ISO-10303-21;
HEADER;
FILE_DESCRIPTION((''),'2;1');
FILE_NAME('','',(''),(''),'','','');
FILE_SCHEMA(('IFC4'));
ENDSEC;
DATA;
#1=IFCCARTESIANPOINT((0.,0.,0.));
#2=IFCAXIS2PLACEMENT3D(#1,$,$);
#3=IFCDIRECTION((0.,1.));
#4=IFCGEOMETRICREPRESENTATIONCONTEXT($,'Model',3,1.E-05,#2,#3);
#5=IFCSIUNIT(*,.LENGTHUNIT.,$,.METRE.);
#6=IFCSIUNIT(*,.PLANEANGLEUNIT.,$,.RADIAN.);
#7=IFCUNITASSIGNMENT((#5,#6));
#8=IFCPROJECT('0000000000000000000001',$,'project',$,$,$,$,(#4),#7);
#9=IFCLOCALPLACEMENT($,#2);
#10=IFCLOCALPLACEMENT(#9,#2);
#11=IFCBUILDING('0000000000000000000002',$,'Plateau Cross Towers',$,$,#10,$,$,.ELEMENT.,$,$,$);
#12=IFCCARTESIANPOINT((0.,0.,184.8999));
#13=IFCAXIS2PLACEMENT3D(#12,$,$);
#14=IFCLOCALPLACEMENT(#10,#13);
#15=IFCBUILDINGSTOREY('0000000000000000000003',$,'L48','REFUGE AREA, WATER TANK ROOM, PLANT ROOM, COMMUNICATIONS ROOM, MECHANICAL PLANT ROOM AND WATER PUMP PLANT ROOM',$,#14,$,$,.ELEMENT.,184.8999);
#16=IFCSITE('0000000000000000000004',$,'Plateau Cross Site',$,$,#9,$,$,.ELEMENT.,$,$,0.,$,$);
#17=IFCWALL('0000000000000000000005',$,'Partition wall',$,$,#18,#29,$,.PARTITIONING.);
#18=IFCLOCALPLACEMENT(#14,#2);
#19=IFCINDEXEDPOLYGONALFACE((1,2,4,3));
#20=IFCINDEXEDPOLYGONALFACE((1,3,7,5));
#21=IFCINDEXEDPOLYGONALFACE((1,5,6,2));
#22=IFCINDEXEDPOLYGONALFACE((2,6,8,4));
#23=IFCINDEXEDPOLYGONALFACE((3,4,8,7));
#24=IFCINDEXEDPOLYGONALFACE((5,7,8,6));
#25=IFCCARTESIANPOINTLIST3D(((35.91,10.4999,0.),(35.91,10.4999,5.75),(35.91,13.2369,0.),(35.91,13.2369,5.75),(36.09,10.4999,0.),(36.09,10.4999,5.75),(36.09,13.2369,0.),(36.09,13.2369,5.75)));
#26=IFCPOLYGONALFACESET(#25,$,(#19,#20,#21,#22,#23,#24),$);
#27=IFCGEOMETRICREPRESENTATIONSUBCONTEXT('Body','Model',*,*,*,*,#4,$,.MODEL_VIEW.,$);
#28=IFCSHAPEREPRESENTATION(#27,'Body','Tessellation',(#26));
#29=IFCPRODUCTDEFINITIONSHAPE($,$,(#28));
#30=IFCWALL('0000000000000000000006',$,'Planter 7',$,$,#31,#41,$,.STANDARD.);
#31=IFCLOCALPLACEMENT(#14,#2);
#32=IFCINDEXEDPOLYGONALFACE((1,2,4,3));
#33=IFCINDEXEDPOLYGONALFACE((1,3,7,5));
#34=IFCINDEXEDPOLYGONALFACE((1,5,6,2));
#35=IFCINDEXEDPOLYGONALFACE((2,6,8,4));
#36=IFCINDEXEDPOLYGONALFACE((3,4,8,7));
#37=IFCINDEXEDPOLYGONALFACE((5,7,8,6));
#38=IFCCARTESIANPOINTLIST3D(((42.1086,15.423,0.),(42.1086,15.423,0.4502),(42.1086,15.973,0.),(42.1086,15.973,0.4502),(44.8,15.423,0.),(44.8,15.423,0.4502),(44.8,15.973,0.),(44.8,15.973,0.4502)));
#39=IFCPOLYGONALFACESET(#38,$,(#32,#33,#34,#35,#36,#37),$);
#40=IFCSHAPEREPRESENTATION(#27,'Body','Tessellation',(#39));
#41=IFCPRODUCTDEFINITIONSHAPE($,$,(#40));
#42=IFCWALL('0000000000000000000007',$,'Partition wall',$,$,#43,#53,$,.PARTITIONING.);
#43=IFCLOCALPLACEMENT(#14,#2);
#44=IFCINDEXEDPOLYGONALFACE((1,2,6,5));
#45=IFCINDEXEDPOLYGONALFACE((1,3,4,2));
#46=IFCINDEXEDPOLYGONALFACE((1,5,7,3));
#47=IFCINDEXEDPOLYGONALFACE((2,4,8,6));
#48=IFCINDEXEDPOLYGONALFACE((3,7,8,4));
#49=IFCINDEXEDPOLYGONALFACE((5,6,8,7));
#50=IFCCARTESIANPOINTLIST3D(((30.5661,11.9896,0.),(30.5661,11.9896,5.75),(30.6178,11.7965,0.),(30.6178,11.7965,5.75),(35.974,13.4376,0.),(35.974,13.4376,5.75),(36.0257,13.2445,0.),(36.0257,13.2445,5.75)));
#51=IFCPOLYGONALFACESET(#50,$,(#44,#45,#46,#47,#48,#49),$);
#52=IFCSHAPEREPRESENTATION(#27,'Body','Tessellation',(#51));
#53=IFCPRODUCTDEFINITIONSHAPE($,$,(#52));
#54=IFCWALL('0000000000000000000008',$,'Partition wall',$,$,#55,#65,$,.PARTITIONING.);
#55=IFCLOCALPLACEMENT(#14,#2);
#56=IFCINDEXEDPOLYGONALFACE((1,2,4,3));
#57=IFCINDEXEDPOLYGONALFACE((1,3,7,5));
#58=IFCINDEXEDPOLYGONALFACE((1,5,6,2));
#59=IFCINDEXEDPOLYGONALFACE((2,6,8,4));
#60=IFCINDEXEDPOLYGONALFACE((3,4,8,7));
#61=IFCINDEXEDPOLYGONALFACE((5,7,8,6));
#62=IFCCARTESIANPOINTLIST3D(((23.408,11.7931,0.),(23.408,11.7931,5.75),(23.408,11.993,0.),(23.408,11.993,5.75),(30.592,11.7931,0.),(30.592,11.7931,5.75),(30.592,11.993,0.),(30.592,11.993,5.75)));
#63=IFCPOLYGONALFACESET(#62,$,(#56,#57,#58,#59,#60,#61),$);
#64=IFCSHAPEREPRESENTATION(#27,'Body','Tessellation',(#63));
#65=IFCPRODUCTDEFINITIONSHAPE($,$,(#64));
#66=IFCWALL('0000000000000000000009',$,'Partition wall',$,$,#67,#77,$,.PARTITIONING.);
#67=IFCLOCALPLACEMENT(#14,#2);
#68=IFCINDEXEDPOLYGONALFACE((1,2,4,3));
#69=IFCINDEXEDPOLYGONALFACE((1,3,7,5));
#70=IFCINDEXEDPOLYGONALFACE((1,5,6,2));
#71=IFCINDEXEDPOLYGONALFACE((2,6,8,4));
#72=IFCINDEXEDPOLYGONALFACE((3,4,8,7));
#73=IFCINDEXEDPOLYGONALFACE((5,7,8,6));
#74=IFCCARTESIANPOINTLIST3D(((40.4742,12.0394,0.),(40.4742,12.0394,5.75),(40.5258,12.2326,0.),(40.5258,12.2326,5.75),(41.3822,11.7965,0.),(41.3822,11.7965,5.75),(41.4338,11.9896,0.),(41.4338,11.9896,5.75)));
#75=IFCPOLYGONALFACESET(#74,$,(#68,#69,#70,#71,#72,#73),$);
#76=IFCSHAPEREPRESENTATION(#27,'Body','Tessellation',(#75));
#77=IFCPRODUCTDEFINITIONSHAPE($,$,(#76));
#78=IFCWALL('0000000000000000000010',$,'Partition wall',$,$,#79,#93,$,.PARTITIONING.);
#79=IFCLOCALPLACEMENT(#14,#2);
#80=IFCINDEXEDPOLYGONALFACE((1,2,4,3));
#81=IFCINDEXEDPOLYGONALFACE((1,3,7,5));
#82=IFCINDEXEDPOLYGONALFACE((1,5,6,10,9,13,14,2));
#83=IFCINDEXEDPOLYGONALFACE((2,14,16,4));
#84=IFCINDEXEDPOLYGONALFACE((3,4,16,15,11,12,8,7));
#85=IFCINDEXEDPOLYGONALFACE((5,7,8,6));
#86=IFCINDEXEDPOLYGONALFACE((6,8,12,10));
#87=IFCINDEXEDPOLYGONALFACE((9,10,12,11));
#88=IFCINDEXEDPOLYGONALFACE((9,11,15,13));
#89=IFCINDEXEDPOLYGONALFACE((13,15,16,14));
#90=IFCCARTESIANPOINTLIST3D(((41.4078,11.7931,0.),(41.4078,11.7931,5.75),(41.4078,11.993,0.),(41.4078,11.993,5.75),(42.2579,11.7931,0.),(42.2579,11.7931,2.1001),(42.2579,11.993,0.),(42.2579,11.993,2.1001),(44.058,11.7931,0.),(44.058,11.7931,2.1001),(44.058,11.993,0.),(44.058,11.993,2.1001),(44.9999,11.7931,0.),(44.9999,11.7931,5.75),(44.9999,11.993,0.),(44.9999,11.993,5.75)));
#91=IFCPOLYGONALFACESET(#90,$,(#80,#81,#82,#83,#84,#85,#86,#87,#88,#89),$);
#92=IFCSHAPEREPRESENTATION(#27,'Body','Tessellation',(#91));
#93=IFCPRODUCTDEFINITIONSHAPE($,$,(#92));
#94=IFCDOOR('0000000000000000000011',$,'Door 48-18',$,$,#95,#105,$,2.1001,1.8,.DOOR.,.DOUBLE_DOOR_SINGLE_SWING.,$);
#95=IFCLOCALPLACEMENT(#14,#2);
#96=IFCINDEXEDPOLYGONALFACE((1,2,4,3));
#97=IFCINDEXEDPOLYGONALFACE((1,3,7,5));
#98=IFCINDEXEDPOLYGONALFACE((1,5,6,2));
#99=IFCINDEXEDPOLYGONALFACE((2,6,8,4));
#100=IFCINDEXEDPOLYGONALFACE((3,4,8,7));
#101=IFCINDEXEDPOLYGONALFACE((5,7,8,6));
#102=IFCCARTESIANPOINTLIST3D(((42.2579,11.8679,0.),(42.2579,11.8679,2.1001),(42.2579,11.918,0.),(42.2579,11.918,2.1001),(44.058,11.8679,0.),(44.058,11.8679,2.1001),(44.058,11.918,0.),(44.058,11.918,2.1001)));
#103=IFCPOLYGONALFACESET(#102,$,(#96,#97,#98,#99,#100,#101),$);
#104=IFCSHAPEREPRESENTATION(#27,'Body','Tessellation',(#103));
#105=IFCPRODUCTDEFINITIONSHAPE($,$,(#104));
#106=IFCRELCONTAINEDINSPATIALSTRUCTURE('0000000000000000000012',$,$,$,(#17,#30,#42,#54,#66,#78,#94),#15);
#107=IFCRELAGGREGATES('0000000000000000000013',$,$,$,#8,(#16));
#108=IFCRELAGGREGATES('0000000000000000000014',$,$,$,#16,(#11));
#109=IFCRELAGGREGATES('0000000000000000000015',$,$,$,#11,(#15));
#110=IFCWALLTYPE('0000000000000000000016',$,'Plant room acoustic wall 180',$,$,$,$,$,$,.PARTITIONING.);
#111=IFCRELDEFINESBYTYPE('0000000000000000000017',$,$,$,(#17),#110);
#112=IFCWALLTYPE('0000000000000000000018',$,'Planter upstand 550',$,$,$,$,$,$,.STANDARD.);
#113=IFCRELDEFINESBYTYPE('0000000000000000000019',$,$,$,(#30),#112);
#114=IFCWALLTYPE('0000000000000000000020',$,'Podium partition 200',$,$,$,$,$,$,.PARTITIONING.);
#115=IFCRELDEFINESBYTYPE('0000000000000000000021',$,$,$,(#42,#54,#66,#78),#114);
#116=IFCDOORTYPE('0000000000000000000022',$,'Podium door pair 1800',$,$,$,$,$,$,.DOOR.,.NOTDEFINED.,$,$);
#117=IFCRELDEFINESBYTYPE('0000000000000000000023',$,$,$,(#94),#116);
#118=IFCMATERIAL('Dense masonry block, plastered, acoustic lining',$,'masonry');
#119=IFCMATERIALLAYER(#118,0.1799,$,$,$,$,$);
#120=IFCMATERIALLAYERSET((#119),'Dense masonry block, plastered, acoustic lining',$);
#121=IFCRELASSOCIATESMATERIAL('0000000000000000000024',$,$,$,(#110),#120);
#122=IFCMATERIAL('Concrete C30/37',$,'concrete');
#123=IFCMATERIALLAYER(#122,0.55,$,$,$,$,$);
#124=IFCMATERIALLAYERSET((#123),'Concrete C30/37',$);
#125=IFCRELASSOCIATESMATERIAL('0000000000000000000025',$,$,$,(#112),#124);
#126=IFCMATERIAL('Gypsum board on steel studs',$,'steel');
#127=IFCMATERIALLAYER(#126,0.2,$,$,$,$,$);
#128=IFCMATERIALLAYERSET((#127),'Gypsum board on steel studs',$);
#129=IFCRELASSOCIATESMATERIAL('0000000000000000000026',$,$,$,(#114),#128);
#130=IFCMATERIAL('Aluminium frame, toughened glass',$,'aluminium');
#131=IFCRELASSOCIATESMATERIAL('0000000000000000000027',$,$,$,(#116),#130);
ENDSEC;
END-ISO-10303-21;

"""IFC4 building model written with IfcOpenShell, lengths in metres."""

from ifc_helpers import new_model, si_unit, direction, frame, frame_2d, origin, place, context, subcontext, project, spatial, rectangle, extrude, material, layer, layer_set, type_object, element, fill, save


model = new_model("IFC4")

# Units and contexts
model_context = context("Model", 3, precision=1e-05, world=origin(), true_north=direction((0.0, 1.0)))
body_context = subcontext(model_context, "Body", "Model", "MODEL_VIEW")
ifc_project = project(units=[si_unit("LENGTHUNIT", "METRE"), si_unit("PLANEANGLEUNIT", "RADIAN")], contexts=[model_context])

# Site, building, storey
site_placement = place(None, origin())
site = spatial("IfcSite", under=ifc_project, at=site_placement, Name="Plateau Cross Site", CompositionType="ELEMENT", RefElevation=0.0)
building_placement = place(site_placement, origin())
building = spatial("IfcBuilding", under=site, at=building_placement, Name="Plateau Cross Towers", CompositionType="ELEMENT")
storey_placement = place(building_placement, frame((0.0, 0.0, 184.8999)))
storey = spatial("IfcBuildingStorey", under=building, at=storey_placement, Name="L48", Description="REFUGE AREA, WATER TANK ROOM, PLANT ROOM, COMMUNICATIONS ROOM, MECHANICAL PLANT ROOM AND WATER PUMP PLANT ROOM", CompositionType="ELEMENT", Elevation=184.8999)

# Walls
ifc_material_1 = material(Name="Dense masonry block, plastered, acoustic lining", Category="masonry")
ifc_layer_1 = layer(ifc_material_1, 0.1799)
ifc_layer_set_1 = layer_set([ifc_layer_1], Name="Dense masonry block, plastered, acoustic lining")
wall_type_1 = type_object("IfcWallType", Name="Plant room acoustic wall 180", PredefinedType="PARTITIONING", material=ifc_layer_set_1)
wall_1_placement = place(storey_placement, frame((36.0, 13.2371, 0.0), z_axis=(0.0, 0.0, 1.0), x_axis=(0.0, -1.0, 0.0)))
element("IfcWall", 1, at=wall_1_placement, inside=storey, type_object=wall_type_1, Name="Partition wall", PredefinedType="PARTITIONING", context=body_context, shape_type="SweptSolid", body=[
    extrude(rectangle(XDim=2.7371, YDim=0.1799, at=frame_2d((1.3687, 0.0))), origin(), (0.0, 0.0, 1.0), 5.75),
])
ifc_material_2 = material(Name="Concrete C30/37", Category="concrete")
ifc_layer_2 = layer(ifc_material_2, 0.55)
ifc_layer_set_2 = layer_set([ifc_layer_2], Name="Concrete C30/37")
wall_type_2 = type_object("IfcWallType", Name="Planter upstand 550", PredefinedType="STANDARD", material=ifc_layer_set_2)
wall_2_placement = place(storey_placement, frame((42.1086, 15.698, 0.0), z_axis=(0.0, 0.0, 1.0), x_axis=(1.0, 0.0, 0.0)))
element("IfcWall", 2, at=wall_2_placement, inside=storey, type_object=wall_type_2, Name="Planter 7", PredefinedType="STANDARD", context=body_context, shape_type="SweptSolid", body=[
    extrude(rectangle(XDim=2.6914, YDim=0.55, at=frame_2d((1.3457, 0.0))), origin(), (0.0, 0.0, 1.0), 0.4502),
])
ifc_material_3 = material(Name="Gypsum board on steel studs", Category="steel")
ifc_layer_3 = layer(ifc_material_3, 0.2)
ifc_layer_set_3 = layer_set([ifc_layer_3], Name="Gypsum board on steel studs")
wall_type_3 = type_object("IfcWallType", Name="Podium partition 200", PredefinedType="PARTITIONING", material=ifc_layer_set_3)
wall_3_placement = place(storey_placement, frame((36.0, 13.3411, 0.0), z_axis=(0.0, 0.0, 1.0), x_axis=(-0.965973, -0.258642, 0.0)))
element("IfcWall", 3, at=wall_3_placement, inside=storey, type_object=wall_type_3, Name="Partition wall", PredefinedType="PARTITIONING", context=body_context, shape_type="SweptSolid", body=[
    extrude(rectangle(XDim=5.5984, YDim=0.2, at=frame_2d((2.7993, 0.0))), origin(), (0.0, 0.0, 1.0), 5.75),
])
wall_4_placement = place(storey_placement, frame((30.592, 11.8931, 0.0), z_axis=(0.0, 0.0, 1.0), x_axis=(-1.0, 0.0, 0.0)))
element("IfcWall", 4, at=wall_4_placement, inside=storey, type_object=wall_type_3, Name="Partition wall", PredefinedType="PARTITIONING", context=body_context, shape_type="SweptSolid", body=[
    extrude(rectangle(XDim=7.1841, YDim=0.2, at=frame_2d((3.592, 0.0))), origin(), (0.0, 0.0, 1.0), 5.75),
])
wall_5_placement = place(storey_placement, frame((40.5, 12.136, 0.0), z_axis=(0.0, 0.0, 1.0), x_axis=(0.966023, -0.258455, 0.0)))
element("IfcWall", 5, at=wall_5_placement, inside=storey, type_object=wall_type_3, Name="Partition wall", PredefinedType="PARTITIONING", context=body_context, shape_type="SweptSolid", body=[
    extrude(rectangle(XDim=0.9399, YDim=0.2, at=frame_2d((0.47, 0.0))), origin(), (0.0, 0.0, 1.0), 5.75),
])

# Wall, opening, door
wall_6_placement = place(storey_placement, frame((41.408, 11.8931, 0.0), z_axis=(0.0, 0.0, 1.0), x_axis=(1.0, 0.0, 0.0)))
wall_6 = element("IfcWall", 6, at=wall_6_placement, inside=storey, type_object=wall_type_3, Name="Partition wall", PredefinedType="PARTITIONING", context=body_context, shape_type="SweptSolid", body=[
    extrude(rectangle(XDim=3.592, YDim=0.2, at=frame_2d((1.7959, 0.0))), origin(), (0.0, 0.0, 1.0), 5.75),
])
opening_placement = place(wall_6_placement, frame((0.8501, 0.0, 0.0)))
opening = element("IfcOpeningElement", 7, at=opening_placement, cuts=wall_6, PredefinedType="OPENING", context=body_context, shape_type="SweptSolid", body=[
    extrude(rectangle(XDim=1.8, YDim=2.1001, at=frame_2d((0.8999, 1.05))), frame((0.0, 0.1099, 0.0), z_axis=(0.0, -1.0, 0.0), x_axis=(1.0, 0.0, 0.0)), (0.0, 0.0, 1.0), 0.22),
])
ifc_material_4 = material(Name="Aluminium frame, toughened glass", Category="aluminium")
door_type = type_object("IfcDoorType", Name="Podium door pair 1800", OperationType="NOTDEFINED", PredefinedType="DOOR", material=ifc_material_4)
door_placement = place(opening_placement, origin())
door = element("IfcDoor", 8, at=door_placement, inside=storey, type_object=door_type, Name="Door 48-18", OperationType="DOUBLE_DOOR_SINGLE_SWING", OverallHeight=2.1001, OverallWidth=1.8, PredefinedType="DOOR", context=body_context, shape_type="SweptSolid", body=[
    extrude(rectangle(XDim=1.8, YDim=2.1001, at=frame_2d((0.8999, 1.05))), frame((0.0, 0.0249, 0.0), z_axis=(0.0, -1.0, 0.0), x_axis=(1.0, 0.0, 0.0)), (0.0, 0.0, 1.0), 0.05),
])
fill(opening, door)

save(model, "model.ifc")
